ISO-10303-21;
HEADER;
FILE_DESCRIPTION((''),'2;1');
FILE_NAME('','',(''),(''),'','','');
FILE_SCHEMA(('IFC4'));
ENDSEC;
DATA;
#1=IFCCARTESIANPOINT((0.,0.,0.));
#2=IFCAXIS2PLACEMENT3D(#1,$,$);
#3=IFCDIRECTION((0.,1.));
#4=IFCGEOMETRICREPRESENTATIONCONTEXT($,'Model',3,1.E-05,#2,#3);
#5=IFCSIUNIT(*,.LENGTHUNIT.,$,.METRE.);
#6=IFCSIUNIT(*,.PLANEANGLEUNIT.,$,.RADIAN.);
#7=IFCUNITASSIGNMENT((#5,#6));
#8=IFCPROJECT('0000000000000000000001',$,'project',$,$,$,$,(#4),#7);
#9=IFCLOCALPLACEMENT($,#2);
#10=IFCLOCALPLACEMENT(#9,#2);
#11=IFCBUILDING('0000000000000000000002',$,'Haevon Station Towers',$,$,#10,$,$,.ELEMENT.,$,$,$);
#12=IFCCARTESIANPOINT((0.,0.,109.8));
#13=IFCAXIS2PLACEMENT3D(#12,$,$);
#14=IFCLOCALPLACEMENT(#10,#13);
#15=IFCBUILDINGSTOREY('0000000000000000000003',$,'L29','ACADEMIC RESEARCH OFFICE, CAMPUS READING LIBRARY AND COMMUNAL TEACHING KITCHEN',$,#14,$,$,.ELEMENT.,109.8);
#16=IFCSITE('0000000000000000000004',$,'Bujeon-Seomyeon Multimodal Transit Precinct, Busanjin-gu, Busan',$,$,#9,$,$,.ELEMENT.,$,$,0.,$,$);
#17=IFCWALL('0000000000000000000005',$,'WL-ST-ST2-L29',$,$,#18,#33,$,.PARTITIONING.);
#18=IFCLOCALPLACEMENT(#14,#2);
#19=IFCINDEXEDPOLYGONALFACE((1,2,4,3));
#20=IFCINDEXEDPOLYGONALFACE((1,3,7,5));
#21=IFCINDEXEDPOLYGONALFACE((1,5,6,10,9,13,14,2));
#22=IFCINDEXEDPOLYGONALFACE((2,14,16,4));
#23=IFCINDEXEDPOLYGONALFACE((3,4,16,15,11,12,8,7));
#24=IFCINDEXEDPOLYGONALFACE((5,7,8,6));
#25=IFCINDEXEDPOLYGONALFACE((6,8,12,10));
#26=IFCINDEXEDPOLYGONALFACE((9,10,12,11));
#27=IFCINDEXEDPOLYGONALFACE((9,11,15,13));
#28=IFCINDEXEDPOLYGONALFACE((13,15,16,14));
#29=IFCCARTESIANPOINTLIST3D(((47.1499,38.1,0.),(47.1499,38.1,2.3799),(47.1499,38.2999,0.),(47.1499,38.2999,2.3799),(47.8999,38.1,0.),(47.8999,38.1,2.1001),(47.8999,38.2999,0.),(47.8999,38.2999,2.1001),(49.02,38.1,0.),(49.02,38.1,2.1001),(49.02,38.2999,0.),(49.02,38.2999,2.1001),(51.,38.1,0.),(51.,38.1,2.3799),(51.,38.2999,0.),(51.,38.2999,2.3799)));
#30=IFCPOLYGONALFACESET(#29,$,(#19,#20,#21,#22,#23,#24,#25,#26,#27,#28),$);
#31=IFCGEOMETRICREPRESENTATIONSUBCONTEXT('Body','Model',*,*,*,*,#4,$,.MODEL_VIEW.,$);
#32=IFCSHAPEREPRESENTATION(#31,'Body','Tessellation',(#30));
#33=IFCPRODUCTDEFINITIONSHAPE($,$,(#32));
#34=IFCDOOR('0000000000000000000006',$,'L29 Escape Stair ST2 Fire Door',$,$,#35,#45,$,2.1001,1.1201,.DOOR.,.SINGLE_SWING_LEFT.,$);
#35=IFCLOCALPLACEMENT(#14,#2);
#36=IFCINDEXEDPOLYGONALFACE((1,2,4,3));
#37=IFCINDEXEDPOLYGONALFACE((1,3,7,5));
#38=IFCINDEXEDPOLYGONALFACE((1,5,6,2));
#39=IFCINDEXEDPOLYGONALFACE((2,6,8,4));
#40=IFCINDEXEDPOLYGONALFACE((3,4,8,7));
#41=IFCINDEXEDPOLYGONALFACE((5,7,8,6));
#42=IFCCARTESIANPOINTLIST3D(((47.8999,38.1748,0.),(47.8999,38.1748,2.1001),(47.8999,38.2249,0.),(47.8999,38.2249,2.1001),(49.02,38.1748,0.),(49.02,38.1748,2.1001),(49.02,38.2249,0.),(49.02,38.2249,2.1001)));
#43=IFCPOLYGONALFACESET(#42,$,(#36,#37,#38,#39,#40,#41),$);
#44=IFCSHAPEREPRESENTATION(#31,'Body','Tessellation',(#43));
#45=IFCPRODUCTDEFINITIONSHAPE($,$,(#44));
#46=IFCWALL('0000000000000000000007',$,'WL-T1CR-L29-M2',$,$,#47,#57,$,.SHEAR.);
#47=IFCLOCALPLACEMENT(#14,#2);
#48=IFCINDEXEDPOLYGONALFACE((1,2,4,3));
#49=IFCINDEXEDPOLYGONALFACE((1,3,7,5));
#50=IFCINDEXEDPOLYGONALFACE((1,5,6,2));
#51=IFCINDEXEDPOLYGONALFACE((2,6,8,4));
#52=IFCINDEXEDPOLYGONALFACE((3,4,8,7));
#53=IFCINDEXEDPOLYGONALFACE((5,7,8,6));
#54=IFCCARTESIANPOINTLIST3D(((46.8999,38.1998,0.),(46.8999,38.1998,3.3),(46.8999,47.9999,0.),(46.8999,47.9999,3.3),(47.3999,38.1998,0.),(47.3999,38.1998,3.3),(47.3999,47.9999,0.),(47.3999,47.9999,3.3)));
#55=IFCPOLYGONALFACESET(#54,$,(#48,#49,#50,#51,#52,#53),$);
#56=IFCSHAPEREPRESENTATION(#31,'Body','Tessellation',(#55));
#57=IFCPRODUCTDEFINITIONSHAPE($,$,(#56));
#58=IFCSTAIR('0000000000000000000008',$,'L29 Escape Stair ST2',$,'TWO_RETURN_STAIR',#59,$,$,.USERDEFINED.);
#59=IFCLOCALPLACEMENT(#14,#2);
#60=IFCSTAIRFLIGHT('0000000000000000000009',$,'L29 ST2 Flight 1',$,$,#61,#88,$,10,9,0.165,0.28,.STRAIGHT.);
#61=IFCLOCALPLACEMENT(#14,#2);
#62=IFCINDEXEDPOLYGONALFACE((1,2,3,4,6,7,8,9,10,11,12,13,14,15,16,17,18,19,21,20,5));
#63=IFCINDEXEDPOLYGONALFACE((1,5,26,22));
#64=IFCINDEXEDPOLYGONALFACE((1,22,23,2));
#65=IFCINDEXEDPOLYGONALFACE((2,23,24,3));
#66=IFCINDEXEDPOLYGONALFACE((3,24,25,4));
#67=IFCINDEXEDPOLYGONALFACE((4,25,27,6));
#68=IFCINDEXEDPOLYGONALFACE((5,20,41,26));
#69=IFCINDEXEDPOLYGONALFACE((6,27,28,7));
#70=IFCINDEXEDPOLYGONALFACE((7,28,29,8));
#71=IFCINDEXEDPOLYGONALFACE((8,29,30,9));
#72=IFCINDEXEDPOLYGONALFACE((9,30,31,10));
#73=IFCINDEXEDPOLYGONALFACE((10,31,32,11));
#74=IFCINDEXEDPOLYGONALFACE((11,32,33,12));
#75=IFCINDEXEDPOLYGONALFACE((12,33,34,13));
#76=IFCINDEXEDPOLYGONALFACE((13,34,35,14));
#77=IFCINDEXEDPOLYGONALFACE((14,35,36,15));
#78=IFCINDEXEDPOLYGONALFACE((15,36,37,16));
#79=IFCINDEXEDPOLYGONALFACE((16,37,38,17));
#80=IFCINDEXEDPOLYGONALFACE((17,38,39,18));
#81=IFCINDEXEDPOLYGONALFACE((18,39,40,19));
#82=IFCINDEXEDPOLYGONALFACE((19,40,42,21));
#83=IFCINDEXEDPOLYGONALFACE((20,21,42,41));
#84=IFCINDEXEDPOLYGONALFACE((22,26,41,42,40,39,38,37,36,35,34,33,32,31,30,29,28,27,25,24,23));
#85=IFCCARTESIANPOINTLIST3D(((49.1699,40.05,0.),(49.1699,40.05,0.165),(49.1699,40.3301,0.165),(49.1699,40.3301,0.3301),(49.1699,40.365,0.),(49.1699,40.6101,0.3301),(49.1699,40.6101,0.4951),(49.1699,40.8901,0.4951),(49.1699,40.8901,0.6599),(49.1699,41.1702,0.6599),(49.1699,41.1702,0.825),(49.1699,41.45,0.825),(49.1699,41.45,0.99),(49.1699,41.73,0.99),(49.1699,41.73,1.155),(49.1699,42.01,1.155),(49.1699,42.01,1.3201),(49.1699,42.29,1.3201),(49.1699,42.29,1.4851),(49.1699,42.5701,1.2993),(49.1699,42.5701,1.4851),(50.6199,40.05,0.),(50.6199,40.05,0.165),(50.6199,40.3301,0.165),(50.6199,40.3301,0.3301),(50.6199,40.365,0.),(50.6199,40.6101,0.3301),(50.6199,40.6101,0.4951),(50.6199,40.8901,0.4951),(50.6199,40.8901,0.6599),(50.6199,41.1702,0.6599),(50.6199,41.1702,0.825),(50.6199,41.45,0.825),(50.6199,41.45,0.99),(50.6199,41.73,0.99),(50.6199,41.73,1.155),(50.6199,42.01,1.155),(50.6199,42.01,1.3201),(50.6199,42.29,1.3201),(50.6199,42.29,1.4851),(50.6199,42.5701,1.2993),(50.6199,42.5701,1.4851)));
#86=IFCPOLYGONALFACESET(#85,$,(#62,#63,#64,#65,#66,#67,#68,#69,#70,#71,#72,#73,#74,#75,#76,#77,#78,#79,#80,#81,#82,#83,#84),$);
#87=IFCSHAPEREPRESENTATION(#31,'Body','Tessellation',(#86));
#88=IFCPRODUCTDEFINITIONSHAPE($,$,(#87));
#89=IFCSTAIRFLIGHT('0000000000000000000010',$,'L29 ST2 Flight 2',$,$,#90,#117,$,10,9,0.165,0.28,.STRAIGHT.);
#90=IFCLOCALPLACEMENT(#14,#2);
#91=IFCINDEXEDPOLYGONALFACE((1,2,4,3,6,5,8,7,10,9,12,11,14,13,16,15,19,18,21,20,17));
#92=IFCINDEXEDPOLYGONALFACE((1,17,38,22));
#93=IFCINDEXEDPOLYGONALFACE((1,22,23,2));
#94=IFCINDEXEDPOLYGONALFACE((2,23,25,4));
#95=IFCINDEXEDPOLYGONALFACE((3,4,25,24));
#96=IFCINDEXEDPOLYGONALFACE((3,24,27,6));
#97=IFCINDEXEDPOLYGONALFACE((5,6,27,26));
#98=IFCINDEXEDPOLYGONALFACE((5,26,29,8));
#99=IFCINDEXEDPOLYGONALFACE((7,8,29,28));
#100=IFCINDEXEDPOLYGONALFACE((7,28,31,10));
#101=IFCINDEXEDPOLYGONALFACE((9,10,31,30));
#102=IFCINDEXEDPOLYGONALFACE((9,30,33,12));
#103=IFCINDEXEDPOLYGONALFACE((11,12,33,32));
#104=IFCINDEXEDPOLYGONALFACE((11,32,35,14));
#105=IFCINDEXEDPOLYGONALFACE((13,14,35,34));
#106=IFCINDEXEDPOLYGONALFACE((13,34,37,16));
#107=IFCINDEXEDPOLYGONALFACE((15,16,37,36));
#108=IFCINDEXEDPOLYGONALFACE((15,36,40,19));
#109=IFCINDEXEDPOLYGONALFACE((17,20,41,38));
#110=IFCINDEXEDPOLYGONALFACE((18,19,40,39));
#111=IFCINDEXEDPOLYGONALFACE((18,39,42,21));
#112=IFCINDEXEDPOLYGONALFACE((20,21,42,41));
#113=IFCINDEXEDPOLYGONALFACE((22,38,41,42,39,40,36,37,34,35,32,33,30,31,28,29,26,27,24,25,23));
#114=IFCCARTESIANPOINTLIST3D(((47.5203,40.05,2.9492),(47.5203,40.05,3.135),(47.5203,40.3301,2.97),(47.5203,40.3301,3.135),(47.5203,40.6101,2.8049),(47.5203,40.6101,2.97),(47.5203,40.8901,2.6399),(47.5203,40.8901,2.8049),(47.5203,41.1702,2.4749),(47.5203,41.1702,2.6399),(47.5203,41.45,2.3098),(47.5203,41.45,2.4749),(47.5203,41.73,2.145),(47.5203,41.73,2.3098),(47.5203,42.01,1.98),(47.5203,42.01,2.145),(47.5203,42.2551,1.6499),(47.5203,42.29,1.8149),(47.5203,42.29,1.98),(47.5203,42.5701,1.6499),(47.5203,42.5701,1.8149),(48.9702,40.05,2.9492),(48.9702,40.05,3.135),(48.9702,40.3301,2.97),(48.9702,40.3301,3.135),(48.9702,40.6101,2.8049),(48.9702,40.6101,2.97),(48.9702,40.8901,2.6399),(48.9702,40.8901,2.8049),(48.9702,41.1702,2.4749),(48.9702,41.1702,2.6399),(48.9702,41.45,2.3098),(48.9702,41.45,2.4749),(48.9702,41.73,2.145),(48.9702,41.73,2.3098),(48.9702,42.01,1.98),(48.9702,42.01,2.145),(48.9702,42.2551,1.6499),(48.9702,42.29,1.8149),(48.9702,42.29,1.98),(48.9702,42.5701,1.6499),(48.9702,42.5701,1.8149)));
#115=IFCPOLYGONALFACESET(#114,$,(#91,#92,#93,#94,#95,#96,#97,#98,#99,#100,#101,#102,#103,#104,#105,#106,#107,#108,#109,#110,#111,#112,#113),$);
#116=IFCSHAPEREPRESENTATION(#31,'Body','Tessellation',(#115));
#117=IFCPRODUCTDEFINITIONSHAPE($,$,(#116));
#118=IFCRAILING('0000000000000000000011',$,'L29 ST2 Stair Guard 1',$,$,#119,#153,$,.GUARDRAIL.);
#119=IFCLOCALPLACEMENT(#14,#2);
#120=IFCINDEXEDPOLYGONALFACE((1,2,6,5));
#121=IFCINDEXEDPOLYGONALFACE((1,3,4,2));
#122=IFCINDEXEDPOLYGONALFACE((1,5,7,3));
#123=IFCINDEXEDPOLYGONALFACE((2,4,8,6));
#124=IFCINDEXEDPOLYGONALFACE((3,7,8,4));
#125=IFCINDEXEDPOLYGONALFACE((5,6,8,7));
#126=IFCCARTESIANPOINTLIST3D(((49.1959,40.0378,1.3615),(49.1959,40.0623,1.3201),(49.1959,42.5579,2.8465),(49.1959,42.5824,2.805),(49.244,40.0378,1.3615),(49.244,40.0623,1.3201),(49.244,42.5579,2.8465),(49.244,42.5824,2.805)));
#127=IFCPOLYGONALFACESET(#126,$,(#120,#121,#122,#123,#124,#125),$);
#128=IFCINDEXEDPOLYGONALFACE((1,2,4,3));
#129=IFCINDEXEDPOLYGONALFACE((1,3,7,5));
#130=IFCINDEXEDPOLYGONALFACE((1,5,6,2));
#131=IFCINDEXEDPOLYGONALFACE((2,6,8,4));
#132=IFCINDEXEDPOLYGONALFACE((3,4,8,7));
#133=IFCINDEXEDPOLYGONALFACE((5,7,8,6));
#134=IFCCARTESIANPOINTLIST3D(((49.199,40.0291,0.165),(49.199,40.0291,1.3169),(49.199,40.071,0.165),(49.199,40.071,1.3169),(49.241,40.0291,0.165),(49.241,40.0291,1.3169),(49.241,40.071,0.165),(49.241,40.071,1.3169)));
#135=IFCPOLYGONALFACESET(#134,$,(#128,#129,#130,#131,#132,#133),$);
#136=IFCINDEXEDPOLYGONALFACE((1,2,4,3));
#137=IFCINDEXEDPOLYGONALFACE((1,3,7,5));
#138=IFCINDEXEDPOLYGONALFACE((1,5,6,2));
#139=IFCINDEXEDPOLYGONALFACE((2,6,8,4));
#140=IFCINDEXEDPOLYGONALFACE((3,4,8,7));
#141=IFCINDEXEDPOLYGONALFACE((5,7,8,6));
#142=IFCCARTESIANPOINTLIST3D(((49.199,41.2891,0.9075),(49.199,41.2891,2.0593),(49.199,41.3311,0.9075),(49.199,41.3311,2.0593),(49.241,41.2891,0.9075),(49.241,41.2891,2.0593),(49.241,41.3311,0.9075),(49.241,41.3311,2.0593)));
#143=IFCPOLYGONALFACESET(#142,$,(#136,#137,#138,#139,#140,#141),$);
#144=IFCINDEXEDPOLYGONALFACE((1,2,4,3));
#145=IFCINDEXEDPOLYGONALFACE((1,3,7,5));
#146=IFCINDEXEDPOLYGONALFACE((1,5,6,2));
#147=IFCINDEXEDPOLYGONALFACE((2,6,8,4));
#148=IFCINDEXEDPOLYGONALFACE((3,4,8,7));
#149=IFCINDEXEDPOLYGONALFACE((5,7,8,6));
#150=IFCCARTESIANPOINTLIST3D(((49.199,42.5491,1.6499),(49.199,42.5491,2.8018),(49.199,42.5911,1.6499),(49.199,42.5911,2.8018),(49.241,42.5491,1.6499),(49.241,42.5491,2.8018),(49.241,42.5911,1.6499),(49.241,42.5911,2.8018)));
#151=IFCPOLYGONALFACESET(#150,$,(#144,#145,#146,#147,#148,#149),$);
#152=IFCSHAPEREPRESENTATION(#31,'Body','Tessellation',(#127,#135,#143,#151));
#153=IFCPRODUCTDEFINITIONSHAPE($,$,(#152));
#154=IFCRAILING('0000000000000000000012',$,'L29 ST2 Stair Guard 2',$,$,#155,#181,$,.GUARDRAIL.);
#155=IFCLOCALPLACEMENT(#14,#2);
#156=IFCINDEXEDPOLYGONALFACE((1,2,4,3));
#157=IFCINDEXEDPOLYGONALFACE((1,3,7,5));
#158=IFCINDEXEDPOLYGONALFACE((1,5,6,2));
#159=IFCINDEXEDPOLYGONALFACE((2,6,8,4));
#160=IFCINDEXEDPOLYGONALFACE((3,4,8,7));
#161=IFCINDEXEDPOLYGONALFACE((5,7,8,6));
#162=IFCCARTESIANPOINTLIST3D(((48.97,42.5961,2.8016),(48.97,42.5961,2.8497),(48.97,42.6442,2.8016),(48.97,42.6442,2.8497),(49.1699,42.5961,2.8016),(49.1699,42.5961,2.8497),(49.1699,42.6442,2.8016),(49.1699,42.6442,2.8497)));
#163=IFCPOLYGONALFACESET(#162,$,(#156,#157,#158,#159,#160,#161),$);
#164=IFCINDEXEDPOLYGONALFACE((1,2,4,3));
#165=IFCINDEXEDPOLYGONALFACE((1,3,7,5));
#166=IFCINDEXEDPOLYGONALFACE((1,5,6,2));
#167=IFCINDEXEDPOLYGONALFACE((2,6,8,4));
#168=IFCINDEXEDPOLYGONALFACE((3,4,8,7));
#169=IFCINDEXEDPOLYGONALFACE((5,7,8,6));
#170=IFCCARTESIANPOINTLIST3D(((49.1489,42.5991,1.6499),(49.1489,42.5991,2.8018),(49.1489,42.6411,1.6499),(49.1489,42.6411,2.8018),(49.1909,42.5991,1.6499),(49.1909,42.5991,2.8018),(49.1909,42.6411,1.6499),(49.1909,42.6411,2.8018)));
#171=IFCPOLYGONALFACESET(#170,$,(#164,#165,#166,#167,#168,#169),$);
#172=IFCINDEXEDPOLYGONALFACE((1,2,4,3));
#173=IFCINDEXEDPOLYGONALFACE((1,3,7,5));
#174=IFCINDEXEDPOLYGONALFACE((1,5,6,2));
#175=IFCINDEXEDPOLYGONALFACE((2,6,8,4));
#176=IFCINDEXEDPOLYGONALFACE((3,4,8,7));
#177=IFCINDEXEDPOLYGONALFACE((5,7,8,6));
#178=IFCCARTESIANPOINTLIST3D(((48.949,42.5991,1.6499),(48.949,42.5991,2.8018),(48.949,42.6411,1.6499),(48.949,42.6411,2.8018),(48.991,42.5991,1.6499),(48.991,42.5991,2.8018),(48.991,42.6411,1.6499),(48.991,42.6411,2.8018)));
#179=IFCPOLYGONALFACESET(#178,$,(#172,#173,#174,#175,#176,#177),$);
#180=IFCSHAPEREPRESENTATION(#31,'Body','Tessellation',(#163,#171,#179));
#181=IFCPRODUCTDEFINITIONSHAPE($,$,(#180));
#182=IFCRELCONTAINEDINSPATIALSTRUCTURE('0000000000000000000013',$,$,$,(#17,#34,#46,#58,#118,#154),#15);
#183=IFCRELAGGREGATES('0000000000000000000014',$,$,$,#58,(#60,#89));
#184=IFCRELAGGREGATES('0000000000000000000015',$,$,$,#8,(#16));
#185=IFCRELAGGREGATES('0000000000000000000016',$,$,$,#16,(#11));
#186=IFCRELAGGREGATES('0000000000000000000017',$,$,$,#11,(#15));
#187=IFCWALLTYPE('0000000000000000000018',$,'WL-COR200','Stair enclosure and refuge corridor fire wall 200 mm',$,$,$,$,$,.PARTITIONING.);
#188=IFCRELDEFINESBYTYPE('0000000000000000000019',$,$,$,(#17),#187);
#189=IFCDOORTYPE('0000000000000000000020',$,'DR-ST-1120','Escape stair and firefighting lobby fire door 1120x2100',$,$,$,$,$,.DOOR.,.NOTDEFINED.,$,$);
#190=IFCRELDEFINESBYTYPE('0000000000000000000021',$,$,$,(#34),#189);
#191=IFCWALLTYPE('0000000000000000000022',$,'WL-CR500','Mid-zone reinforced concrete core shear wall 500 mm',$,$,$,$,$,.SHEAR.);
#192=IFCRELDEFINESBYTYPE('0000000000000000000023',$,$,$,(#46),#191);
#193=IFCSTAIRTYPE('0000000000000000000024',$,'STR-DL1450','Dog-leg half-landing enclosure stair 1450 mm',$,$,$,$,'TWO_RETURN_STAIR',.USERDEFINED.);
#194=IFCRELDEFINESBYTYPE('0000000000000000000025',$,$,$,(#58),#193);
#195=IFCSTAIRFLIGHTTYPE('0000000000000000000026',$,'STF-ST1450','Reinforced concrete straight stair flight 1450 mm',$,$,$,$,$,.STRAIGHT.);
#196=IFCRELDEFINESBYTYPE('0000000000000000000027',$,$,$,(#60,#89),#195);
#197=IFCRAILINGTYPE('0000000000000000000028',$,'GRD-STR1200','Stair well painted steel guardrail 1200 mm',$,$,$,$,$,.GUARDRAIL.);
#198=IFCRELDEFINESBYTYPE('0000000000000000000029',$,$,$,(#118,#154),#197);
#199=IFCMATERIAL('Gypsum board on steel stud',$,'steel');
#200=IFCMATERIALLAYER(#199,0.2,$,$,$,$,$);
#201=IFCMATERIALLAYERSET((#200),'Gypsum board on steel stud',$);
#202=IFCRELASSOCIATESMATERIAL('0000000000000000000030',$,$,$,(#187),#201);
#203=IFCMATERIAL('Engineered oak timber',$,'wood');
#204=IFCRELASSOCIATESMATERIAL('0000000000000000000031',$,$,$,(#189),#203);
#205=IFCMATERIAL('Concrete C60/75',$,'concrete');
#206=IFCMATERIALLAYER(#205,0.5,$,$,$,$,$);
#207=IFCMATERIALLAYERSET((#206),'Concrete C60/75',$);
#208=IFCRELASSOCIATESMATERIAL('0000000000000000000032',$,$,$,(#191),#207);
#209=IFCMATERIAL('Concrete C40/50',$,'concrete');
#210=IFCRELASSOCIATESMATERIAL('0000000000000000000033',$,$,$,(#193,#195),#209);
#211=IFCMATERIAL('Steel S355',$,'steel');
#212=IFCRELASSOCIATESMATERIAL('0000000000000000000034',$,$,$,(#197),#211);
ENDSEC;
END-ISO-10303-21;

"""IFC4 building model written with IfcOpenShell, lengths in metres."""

from ifc_helpers import new_model, si_unit, direction, frame, frame_2d, origin, origin_2d, place, context, subcontext, project, spatial, polyline, rectangle, outline, extrude, material, layer, layer_set, type_object, element, fill, aggregate, save


model = new_model("IFC4")

# Units and contexts
model_context = context("Model", 3, precision=1e-05, world=origin(), true_north=direction((0.0, 1.0)))
body_context = subcontext(model_context, "Body", "Model", "MODEL_VIEW")
ifc_project = project(units=[si_unit("LENGTHUNIT", "METRE"), si_unit("PLANEANGLEUNIT", "RADIAN")], contexts=[model_context])

# Site, building, storey
site_placement = place(None, origin())
site = spatial("IfcSite", under=ifc_project, at=site_placement, Name="Bujeon-Seomyeon Multimodal Transit Precinct, Busanjin-gu, Busan", CompositionType="ELEMENT", RefElevation=0.0)
building_placement = place(site_placement, origin())
building = spatial("IfcBuilding", under=site, at=building_placement, Name="Haevon Station Towers", CompositionType="ELEMENT")
storey_placement = place(building_placement, frame((0.0, 0.0, 109.8)))
storey = spatial("IfcBuildingStorey", under=building, at=storey_placement, Name="L29", Description="ACADEMIC RESEARCH OFFICE, CAMPUS READING LIBRARY AND COMMUNAL TEACHING KITCHEN", CompositionType="ELEMENT", Elevation=109.8)

# Shared definitions
ifc_material_1 = material(Name="Steel S355", Category="steel")

# Wall, opening, door
ifc_material_2 = material(Name="Gypsum board on steel stud", Category="steel")
ifc_layer_1 = layer(ifc_material_2, 0.2)
ifc_layer_set_1 = layer_set([ifc_layer_1], Name="Gypsum board on steel stud")
wall_type_1 = type_object("IfcWallType", Name="WL-COR200", Description="Stair enclosure and refuge corridor fire wall 200 mm", PredefinedType="PARTITIONING", material=ifc_layer_set_1)
wall_1_placement = place(storey_placement, frame((47.1499, 38.2, 0.0), z_axis=(0.0, 0.0, 1.0), x_axis=(1.0, 0.0, 0.0)))
wall_1 = element("IfcWall", 1, at=wall_1_placement, inside=storey, type_object=wall_type_1, Name="WL-ST-ST2-L29", PredefinedType="PARTITIONING", context=body_context, shape_type="SweptSolid", body=[
    extrude(rectangle(XDim=3.8501, YDim=0.2, at=frame_2d((1.925, 0.0))), origin(), (0.0, 0.0, 1.0), 2.3799),
])
opening_placement = place(wall_1_placement, frame((0.75, 0.0, 0.0)))
opening = element("IfcOpeningElement", 2, at=opening_placement, cuts=wall_1, PredefinedType="OPENING", context=body_context, shape_type="SweptSolid", body=[
    extrude(rectangle(XDim=1.1201, YDim=2.1001, at=frame_2d((0.5601, 1.05))), frame((0.0, 0.1099, 0.0), z_axis=(0.0, -1.0, 0.0), x_axis=(1.0, 0.0, 0.0)), (0.0, 0.0, 1.0), 0.22),
])
ifc_material_3 = material(Name="Engineered oak timber", Category="wood")
door_type = type_object("IfcDoorType", Name="DR-ST-1120", Description="Escape stair and firefighting lobby fire door 1120x2100", OperationType="NOTDEFINED", PredefinedType="DOOR", material=ifc_material_3)
door_placement = place(opening_placement, origin())
door = element("IfcDoor", 3, at=door_placement, inside=storey, type_object=door_type, Name="L29 Escape Stair ST2 Fire Door", OperationType="SINGLE_SWING_LEFT", OverallHeight=2.1001, OverallWidth=1.1201, PredefinedType="DOOR", context=body_context, shape_type="SweptSolid", body=[
    extrude(rectangle(XDim=1.1201, YDim=2.1001, at=frame_2d((0.5601, 1.05))), frame((0.0, 0.0249, 0.0), z_axis=(0.0, -1.0, 0.0), x_axis=(1.0, 0.0, 0.0)), (0.0, 0.0, 1.0), 0.05),
])
fill(opening, door)

# Wall
ifc_material_4 = material(Name="Concrete C60/75", Category="concrete")
ifc_layer_2 = layer(ifc_material_4, 0.5)
ifc_layer_set_2 = layer_set([ifc_layer_2], Name="Concrete C60/75")
wall_type_2 = type_object("IfcWallType", Name="WL-CR500", Description="Mid-zone reinforced concrete core shear wall 500 mm", PredefinedType="SHEAR", material=ifc_layer_set_2)
wall_2_placement = place(storey_placement, frame((47.1499, 38.2, 0.0), z_axis=(0.0, 0.0, 1.0), x_axis=(0.0, 1.0, 0.0)))
element("IfcWall", 4, at=wall_2_placement, inside=storey, type_object=wall_type_2, Name="WL-T1CR-L29-M2", PredefinedType="SHEAR", context=body_context, shape_type="SweptSolid", body=[
    extrude(rectangle(XDim=9.8, YDim=0.5, at=frame_2d((4.8999, 0.0))), origin(), (0.0, 0.0, 1.0), 3.3),
])

# Stair, stair flights
ifc_material_5 = material(Name="Concrete C40/50", Category="concrete")
stair_type = type_object("IfcStairType", Name="STR-DL1450", Description="Dog-leg half-landing enclosure stair 1450 mm", ElementType="TWO_RETURN_STAIR", PredefinedType="USERDEFINED", material=ifc_material_5)
stair_placement = place(storey_placement, origin())
stair = element("IfcStair", 5, at=stair_placement, inside=storey, type_object=stair_type, Name="L29 Escape Stair ST2", ObjectType="TWO_RETURN_STAIR", PredefinedType="USERDEFINED")
stair_flight_type = type_object("IfcStairFlightType", Name="STF-ST1450", Description="Reinforced concrete straight stair flight 1450 mm", PredefinedType="STRAIGHT", material=ifc_material_5)
stair_flight_1_placement = place(storey_placement, frame((49.895, 40.05, 0.0), z_axis=(0.0, 0.0, 1.0), x_axis=(0.0, 1.0, 0.0)))
stair_flight_1 = element("IfcStairFlight", 6, at=stair_flight_1_placement, type_object=stair_flight_type, Name="L29 ST2 Flight 1", NumberOfRisers=10, NumberOfTreads=9, PredefinedType="STRAIGHT", RiserHeight=0.165, TreadLength=0.28, context=body_context, shape_type="SweptSolid", body=[
    extrude(outline(polyline([(0.0, 0.0), (0.0, 0.165), (0.28, 0.165), (0.28, 0.3301), (0.5601, 0.3301), (0.5601, 0.4951), (0.8401, 0.4951), (0.8401, 0.6599), (1.1201, 0.6599), (1.1201, 0.825), (1.3999, 0.825), (1.3999, 0.99), (1.6799, 0.99), (1.6799, 1.155), (1.96, 1.155), (1.96, 1.3201), (2.24, 1.3201), (2.24, 1.4851), (2.52, 1.4851), (2.52, 1.6499), (2.52, 1.2993), (0.3149, 0.0), (0.0, 0.0)])), frame((0.0, 0.7251, 0.0), z_axis=(0.0, -1.0, 0.0), x_axis=(1.0, 0.0, 0.0)), (0.0, 0.0, 1.0), 1.45),
])
stair_flight_2_placement = place(storey_placement, frame((48.2451, 42.5701, 1.6499), z_axis=(0.0, 0.0, 1.0), x_axis=(0.0, -1.0, 0.0)))
stair_flight_2 = element("IfcStairFlight", 7, at=stair_flight_2_placement, type_object=stair_flight_type, Name="L29 ST2 Flight 2", NumberOfRisers=10, NumberOfTreads=9, PredefinedType="STRAIGHT", RiserHeight=0.165, TreadLength=0.28, context=body_context, shape_type="SweptSolid", body=[
    extrude(outline(polyline([(0.0, 0.0), (0.0, 0.165), (0.28, 0.165), (0.28, 0.3301), (0.5601, 0.3301), (0.5601, 0.4951), (0.8401, 0.4951), (0.8401, 0.6599), (1.1201, 0.6599), (1.1201, 0.825), (1.3999, 0.825), (1.3999, 0.99), (1.6799, 0.99), (1.6799, 1.155), (1.96, 1.155), (1.96, 1.3201), (2.24, 1.3201), (2.24, 1.4851), (2.52, 1.4851), (2.52, 1.6499), (2.52, 1.2993), (0.3149, 0.0), (0.0, 0.0)])), frame((0.0, 0.7251, 0.0), z_axis=(0.0, -1.0, 0.0), x_axis=(1.0, 0.0, 0.0)), (0.0, 0.0, 1.0), 1.45),
])
aggregate(stair, [stair_flight_1, stair_flight_2])

# Railings
railing_type_1 = type_object("IfcRailingType", Name="GRD-STR1200", Description="Stair well painted steel guardrail 1200 mm", PredefinedType="GUARDRAIL", material=ifc_material_1)
railing_1_placement = place(storey_placement, frame((49.22, 40.05, 0.165)))
element("IfcRailing", 8, at=railing_1_placement, inside=storey, type_object=railing_type_1, Name="L29 ST2 Stair Guard 1", PredefinedType="GUARDRAIL", context=body_context, shape_type="SweptSolid", body=[
    extrude(rectangle(XDim=0.0481, YDim=0.0481, at=origin_2d()), frame((0.0, 0.0, 1.1758), z_axis=(0.0, 0.861561, 0.507655), x_axis=(-1.0, 0.0, 0.0)), (0.0, 0.0, 1.0), 2.925),
    extrude(rectangle(XDim=0.042, YDim=0.042, at=origin_2d()), origin(), (0.0, 0.0, 1.0), 1.1519),
    extrude(rectangle(XDim=0.042, YDim=0.042, at=origin_2d()), frame((0.0, 1.26, 0.7424)), (0.0, 0.0, 1.0), 1.1519),
    extrude(rectangle(XDim=0.042, YDim=0.042, at=origin_2d()), frame((0.0, 2.52, 1.4849)), (0.0, 0.0, 1.0), 1.1519),
])
railing_2_placement = place(storey_placement, frame((49.1699, 42.6201, 1.6499)))
element("IfcRailing", 9, at=railing_2_placement, inside=storey, type_object=railing_type_1, Name="L29 ST2 Stair Guard 2", PredefinedType="GUARDRAIL", context=body_context, shape_type="SweptSolid", body=[
    extrude(rectangle(XDim=0.0481, YDim=0.0481, at=origin_2d()), frame((0.0, 0.0, 1.1758), z_axis=(-1.0, 0.0, 0.0), x_axis=(0.0, -1.0, 0.0)), (0.0, 0.0, 1.0), 0.2),
    extrude(rectangle(XDim=0.042, YDim=0.042, at=origin_2d()), origin(), (0.0, 0.0, 1.0), 1.1519),
    extrude(rectangle(XDim=0.042, YDim=0.042, at=origin_2d()), frame((-0.2, 0.0, 0.0)), (0.0, 0.0, 1.0), 1.1519),
])

save(model, "model.ifc")
